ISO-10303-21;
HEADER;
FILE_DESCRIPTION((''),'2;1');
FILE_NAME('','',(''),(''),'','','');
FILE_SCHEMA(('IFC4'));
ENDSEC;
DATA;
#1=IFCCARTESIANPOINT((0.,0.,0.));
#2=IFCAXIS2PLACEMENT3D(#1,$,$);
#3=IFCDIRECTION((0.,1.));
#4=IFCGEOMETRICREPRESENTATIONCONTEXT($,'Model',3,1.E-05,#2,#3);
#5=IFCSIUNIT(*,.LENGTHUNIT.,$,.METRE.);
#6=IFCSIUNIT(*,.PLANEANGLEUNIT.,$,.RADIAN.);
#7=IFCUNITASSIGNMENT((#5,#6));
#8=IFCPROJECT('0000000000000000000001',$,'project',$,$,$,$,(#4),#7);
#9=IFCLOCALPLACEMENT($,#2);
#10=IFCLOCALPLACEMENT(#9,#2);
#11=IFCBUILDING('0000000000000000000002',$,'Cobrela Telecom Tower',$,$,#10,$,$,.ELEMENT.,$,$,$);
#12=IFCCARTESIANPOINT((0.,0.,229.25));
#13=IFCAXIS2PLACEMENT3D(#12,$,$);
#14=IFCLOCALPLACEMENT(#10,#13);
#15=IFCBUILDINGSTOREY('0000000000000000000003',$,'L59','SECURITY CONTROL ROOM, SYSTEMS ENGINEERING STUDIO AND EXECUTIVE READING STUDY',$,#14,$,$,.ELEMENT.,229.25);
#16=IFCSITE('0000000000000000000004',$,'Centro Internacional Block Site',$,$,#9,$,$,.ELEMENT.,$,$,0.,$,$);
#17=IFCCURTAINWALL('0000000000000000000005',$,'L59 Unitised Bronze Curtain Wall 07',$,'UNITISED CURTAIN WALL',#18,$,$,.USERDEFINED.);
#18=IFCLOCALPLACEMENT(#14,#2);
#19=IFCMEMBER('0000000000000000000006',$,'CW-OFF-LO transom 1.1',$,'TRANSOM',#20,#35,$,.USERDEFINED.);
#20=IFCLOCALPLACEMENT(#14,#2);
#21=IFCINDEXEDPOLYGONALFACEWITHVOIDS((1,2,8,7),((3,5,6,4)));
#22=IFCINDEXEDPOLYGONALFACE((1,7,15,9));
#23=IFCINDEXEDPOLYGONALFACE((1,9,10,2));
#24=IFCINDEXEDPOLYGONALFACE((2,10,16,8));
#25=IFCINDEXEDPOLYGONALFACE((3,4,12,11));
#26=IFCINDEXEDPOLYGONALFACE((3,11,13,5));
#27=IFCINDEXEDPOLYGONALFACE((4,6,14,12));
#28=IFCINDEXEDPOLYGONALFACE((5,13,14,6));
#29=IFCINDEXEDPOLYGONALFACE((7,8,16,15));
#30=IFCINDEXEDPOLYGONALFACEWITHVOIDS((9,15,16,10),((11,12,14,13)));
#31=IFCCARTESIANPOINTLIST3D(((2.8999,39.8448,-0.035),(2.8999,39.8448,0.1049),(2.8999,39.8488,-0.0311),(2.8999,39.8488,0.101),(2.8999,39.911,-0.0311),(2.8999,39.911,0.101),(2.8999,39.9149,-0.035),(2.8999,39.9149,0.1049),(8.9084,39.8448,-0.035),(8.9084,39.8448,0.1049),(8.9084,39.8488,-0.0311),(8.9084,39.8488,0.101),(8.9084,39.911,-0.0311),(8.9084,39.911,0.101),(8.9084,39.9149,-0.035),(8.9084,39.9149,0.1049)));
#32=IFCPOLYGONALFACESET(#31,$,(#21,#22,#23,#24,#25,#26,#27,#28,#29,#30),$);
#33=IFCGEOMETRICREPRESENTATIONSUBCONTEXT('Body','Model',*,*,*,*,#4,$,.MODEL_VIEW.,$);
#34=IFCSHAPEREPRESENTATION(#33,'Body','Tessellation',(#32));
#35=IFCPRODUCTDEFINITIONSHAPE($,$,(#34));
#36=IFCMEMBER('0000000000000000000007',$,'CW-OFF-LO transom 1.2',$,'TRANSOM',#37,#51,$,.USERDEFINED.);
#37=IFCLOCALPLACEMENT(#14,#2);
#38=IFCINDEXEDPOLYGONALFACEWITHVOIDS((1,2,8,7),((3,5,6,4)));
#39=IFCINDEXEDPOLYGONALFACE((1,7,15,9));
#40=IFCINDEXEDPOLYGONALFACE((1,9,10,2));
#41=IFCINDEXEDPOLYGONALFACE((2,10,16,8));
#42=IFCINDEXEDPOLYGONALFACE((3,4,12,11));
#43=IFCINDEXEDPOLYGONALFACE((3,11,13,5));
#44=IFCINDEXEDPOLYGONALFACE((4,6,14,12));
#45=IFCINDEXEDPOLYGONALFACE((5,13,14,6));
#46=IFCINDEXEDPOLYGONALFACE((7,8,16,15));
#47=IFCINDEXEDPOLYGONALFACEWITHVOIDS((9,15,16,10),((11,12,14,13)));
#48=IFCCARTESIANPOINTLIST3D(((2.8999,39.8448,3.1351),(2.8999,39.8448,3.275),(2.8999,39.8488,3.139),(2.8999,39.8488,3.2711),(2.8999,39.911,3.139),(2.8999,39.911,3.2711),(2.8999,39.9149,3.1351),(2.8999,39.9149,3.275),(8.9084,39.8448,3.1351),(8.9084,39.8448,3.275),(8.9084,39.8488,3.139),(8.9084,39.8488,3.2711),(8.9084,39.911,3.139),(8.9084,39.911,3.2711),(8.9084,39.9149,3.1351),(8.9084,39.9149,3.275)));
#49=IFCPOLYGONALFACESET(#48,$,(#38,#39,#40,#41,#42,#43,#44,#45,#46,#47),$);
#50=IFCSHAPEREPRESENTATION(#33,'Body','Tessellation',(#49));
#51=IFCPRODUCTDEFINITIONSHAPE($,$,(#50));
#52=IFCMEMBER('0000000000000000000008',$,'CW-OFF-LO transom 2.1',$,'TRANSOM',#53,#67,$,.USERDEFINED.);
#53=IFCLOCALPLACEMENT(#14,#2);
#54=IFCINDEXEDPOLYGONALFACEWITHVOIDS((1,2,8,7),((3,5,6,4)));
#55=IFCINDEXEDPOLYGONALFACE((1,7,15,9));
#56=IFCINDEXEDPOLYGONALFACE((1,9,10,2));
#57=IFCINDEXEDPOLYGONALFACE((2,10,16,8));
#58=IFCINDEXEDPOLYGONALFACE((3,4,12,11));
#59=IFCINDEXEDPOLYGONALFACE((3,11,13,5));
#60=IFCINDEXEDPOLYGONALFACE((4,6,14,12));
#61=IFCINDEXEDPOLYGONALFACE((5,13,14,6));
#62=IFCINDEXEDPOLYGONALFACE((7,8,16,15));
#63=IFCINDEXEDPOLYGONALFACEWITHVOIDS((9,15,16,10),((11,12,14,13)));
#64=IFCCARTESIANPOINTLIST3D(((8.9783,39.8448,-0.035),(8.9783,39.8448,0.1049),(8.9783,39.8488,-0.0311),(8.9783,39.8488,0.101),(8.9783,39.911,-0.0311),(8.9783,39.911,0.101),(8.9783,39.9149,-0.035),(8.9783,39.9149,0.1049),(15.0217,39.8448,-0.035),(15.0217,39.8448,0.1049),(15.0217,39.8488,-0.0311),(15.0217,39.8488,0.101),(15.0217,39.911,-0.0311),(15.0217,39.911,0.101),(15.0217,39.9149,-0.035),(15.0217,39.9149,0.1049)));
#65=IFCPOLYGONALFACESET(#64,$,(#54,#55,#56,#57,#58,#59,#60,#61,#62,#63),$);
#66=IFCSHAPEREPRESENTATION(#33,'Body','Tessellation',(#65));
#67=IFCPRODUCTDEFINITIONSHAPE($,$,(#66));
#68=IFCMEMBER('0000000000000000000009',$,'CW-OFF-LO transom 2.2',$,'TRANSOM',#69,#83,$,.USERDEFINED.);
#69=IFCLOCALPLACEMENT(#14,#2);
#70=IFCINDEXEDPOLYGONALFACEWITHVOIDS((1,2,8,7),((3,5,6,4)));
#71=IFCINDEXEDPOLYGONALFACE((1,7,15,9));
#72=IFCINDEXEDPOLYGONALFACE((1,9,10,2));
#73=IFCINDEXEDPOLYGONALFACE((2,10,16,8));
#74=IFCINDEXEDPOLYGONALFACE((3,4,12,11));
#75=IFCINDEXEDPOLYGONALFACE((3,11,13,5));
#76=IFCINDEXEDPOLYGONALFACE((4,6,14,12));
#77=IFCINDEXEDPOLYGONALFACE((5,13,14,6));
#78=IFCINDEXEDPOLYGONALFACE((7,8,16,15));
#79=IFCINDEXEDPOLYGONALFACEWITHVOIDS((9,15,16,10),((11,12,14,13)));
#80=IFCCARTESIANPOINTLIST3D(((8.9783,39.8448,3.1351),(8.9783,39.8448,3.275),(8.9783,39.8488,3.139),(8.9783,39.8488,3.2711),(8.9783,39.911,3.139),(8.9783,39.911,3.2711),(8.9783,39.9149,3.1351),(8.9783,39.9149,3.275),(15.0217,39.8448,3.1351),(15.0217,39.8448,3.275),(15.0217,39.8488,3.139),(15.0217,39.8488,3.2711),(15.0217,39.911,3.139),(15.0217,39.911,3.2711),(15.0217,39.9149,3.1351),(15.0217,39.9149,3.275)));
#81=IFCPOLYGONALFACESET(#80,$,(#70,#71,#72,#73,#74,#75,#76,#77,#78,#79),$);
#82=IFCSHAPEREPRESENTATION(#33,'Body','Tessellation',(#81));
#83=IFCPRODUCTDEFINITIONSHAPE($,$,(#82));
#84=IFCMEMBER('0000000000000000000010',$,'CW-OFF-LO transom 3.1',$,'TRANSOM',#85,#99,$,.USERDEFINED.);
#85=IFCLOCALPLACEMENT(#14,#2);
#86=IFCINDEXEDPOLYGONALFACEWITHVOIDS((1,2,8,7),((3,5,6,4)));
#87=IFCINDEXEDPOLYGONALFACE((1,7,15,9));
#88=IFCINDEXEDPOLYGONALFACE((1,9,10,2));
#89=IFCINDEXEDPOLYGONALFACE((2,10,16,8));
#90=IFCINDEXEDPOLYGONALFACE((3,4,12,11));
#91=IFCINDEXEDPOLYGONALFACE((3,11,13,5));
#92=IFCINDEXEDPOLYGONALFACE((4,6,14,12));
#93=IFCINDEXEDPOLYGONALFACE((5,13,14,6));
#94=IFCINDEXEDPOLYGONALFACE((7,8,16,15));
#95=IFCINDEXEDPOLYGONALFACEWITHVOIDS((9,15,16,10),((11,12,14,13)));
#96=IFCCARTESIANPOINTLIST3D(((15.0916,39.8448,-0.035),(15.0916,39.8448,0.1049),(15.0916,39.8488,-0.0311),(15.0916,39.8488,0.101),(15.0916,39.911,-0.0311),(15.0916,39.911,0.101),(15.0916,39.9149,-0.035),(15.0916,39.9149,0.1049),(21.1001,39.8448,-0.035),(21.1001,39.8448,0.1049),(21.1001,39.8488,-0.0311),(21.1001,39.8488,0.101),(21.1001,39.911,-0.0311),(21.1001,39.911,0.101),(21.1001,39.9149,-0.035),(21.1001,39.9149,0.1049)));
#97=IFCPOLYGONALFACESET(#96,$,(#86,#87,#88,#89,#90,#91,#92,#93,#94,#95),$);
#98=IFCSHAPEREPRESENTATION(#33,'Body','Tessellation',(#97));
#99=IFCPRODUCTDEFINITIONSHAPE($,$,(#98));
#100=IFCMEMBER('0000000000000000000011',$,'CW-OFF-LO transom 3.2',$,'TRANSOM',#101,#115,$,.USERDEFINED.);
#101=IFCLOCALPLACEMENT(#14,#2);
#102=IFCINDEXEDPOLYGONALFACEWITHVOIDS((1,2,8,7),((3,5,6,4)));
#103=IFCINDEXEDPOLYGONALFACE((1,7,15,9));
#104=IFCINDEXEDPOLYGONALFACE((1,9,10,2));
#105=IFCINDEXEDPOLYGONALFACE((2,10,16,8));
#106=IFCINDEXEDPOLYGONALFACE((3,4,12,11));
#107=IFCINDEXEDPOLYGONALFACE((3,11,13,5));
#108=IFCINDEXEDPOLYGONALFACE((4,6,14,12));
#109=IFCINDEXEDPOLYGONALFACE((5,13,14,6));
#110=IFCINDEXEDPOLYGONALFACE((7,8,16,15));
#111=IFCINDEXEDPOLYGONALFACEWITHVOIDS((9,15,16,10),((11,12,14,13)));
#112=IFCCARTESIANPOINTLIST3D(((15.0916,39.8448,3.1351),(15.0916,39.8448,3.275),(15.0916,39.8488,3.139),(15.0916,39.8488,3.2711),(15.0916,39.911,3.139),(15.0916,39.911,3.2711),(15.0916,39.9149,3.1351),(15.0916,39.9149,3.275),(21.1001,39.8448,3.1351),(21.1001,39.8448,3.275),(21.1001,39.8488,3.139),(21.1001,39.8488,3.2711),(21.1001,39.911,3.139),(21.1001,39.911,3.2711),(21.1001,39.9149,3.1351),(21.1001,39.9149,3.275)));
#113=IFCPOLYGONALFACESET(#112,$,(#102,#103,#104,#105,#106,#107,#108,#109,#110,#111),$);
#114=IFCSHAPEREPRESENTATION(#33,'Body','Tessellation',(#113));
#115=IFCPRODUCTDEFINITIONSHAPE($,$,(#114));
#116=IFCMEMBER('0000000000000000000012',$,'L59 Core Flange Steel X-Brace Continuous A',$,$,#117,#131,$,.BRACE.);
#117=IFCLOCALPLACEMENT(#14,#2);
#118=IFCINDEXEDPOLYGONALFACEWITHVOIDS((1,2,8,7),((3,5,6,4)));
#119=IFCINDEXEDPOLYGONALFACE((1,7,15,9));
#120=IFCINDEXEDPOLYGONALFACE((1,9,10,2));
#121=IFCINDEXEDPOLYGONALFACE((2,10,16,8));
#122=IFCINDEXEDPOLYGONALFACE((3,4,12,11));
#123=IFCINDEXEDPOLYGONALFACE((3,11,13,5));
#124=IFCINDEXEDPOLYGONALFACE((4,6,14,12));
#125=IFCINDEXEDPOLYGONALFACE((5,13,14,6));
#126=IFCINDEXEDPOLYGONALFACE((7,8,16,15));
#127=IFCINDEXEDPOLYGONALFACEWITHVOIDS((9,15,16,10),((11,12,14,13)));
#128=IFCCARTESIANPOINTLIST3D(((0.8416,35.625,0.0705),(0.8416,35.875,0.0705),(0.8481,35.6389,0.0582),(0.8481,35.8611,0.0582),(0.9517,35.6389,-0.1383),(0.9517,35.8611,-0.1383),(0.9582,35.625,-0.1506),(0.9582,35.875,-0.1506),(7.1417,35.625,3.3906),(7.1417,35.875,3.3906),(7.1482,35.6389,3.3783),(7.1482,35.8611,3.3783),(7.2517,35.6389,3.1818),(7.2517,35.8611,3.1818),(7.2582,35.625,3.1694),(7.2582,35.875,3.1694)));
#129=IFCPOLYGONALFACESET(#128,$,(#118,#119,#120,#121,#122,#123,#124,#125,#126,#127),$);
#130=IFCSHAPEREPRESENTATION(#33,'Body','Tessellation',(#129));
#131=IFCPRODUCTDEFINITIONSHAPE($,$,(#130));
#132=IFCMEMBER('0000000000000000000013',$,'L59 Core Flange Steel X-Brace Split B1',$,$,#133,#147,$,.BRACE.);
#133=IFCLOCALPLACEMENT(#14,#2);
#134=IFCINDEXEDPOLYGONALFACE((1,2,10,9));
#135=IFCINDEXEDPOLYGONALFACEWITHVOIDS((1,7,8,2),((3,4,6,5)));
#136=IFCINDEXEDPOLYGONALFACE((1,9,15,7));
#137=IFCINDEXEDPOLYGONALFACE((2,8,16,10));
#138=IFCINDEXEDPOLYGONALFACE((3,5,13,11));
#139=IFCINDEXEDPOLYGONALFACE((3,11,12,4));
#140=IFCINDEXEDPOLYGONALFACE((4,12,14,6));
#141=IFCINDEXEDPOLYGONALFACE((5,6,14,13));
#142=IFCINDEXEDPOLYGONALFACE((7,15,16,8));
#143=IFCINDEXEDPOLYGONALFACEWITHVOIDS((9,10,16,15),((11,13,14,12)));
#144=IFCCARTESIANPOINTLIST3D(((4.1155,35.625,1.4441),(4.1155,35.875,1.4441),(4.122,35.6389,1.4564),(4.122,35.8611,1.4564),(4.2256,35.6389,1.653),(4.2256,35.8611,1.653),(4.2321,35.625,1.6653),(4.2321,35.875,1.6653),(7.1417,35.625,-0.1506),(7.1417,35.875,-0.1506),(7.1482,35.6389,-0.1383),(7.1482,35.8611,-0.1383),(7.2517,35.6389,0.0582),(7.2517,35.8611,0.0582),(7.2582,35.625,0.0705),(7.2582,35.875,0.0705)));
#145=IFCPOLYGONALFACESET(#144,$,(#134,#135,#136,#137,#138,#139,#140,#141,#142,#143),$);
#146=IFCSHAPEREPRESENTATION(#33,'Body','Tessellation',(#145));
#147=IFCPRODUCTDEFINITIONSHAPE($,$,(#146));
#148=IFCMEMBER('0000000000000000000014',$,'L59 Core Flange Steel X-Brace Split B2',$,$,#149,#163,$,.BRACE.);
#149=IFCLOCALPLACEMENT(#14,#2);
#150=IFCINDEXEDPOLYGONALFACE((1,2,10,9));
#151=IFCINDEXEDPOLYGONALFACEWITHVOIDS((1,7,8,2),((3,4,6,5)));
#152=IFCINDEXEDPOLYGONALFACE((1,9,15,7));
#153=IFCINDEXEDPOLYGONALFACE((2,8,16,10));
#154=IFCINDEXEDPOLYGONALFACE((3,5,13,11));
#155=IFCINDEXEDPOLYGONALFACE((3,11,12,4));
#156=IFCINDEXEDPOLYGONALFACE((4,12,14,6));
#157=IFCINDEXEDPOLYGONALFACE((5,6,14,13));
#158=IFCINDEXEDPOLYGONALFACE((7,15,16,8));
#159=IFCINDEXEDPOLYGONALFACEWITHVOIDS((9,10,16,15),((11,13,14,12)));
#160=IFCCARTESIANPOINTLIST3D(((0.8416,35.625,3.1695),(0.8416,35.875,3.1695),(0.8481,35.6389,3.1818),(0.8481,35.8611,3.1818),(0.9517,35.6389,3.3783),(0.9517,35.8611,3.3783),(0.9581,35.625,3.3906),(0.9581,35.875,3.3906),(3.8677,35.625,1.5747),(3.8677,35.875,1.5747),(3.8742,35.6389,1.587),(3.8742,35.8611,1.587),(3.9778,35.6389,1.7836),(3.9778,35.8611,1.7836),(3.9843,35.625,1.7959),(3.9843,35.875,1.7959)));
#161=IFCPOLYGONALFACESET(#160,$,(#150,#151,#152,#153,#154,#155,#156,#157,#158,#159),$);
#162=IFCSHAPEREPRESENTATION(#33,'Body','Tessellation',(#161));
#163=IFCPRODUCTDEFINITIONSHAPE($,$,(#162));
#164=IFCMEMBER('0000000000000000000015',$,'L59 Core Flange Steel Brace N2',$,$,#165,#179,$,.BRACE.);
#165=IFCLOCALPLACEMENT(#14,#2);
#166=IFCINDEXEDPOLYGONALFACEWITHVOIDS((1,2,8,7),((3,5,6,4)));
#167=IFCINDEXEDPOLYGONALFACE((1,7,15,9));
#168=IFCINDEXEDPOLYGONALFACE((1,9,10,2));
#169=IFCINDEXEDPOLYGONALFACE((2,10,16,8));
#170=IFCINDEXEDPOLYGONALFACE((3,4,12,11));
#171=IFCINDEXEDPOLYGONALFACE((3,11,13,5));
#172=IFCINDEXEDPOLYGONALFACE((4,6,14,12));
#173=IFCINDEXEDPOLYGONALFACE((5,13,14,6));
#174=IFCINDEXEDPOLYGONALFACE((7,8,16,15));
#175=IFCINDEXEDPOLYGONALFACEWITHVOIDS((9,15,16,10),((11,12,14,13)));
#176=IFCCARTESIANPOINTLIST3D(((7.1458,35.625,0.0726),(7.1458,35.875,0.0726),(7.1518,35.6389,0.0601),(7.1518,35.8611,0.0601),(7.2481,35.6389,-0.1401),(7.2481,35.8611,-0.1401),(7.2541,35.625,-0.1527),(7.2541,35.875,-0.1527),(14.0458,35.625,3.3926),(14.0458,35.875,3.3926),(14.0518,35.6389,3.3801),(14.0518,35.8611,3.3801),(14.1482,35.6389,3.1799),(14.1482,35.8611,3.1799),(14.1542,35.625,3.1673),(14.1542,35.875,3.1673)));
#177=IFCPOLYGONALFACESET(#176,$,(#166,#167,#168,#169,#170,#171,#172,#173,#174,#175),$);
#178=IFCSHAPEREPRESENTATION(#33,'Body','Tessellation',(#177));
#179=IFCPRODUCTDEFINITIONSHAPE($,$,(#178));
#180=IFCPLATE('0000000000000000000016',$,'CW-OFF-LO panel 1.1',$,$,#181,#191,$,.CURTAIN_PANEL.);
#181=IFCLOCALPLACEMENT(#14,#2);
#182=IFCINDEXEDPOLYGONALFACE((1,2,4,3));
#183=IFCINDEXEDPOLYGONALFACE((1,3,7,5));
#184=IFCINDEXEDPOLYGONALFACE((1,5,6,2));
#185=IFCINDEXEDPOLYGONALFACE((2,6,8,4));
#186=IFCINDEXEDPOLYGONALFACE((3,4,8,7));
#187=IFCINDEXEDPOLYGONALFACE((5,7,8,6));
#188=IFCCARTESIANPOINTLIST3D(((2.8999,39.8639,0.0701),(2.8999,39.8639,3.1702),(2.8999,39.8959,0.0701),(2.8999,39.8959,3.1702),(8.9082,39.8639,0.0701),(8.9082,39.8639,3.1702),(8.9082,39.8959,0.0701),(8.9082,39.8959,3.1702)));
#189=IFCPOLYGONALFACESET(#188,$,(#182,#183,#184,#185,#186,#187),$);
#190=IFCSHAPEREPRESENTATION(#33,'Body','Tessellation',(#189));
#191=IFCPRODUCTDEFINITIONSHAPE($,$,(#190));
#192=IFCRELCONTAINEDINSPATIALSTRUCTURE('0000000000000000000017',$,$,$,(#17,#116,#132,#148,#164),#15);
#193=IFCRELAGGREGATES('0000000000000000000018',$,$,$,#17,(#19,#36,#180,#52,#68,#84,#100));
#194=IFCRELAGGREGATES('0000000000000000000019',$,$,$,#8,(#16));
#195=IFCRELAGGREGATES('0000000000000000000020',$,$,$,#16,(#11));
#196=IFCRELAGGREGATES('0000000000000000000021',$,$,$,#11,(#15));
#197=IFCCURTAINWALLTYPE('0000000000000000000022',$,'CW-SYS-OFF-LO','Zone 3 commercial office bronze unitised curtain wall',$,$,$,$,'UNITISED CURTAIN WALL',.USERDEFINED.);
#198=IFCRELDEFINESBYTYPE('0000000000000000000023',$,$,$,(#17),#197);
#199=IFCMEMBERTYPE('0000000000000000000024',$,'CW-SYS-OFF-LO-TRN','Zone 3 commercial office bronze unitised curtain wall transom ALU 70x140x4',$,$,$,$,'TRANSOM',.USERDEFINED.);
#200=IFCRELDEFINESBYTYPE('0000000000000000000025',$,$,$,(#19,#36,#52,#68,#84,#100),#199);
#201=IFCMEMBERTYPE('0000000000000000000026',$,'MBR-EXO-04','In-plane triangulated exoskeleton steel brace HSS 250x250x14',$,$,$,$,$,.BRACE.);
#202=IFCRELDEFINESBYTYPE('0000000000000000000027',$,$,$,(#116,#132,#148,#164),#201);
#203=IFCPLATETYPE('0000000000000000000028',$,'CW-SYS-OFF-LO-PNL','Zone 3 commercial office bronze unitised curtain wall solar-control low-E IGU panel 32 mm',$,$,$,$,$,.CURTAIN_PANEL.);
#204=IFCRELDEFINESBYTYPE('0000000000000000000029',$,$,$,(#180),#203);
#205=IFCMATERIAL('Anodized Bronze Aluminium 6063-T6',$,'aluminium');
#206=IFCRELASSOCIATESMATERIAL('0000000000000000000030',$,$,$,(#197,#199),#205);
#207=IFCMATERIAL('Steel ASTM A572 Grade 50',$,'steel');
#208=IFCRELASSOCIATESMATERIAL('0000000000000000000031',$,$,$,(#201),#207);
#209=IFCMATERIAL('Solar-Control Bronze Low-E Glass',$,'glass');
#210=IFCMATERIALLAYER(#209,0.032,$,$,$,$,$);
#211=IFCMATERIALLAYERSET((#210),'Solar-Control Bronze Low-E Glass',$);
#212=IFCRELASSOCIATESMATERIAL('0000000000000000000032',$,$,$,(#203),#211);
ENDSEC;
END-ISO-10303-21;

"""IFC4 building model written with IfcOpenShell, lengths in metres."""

from ifc_helpers import new_model, si_unit, direction, frame, origin, origin_2d, place, context, subcontext, project, spatial, rectangle, hollow_rectangle, extrude, material, layer, layer_set, material_profile, profile_set, type_object, element, aggregate, save


model = new_model("IFC4")

# Units and contexts
model_context = context("Model", 3, precision=1e-05, world=origin(), true_north=direction((0.0, 1.0)))
body_context = subcontext(model_context, "Body", "Model", "MODEL_VIEW")
ifc_project = project(units=[si_unit("LENGTHUNIT", "METRE"), si_unit("PLANEANGLEUNIT", "RADIAN")], contexts=[model_context])

# Site, building, storey
site_placement = place(None, origin())
site = spatial("IfcSite", under=ifc_project, at=site_placement, Name="Centro Internacional Block Site", CompositionType="ELEMENT", RefElevation=0.0)
building_placement = place(site_placement, origin())
building = spatial("IfcBuilding", under=site, at=building_placement, Name="Cobrela Telecom Tower", CompositionType="ELEMENT")
storey_placement = place(building_placement, frame((0.0, 0.0, 229.25)))
storey = spatial("IfcBuildingStorey", under=building, at=storey_placement, Name="L59", Description="SECURITY CONTROL ROOM, SYSTEMS ENGINEERING STUDIO AND EXECUTIVE READING STUDY", CompositionType="ELEMENT", Elevation=229.25)

# Shared definitions
ifc_material_1 = material(Name="Steel ASTM A572 Grade 50", Category="steel")

# Curtain wall, members
ifc_material_2 = material(Name="Anodized Bronze Aluminium 6063-T6", Category="aluminium")
curtain_wall_type = type_object("IfcCurtainWallType", Name="CW-SYS-OFF-LO", Description="Zone 3 commercial office bronze unitised curtain wall", ElementType="UNITISED CURTAIN WALL", PredefinedType="USERDEFINED", material=ifc_material_2)
curtain_wall_placement = place(storey_placement, origin())
curtain_wall = element("IfcCurtainWall", 1, at=curtain_wall_placement, inside=storey, type_object=curtain_wall_type, Name="L59 Unitised Bronze Curtain Wall 07", ObjectType="UNITISED CURTAIN WALL", PredefinedType="USERDEFINED")
ifc_material_profile_1 = material_profile(ifc_material_2, hollow_rectangle(XDim=0.0701, YDim=0.1399, WallThickness=0.0039, at=origin_2d()), Name="ALU 70x140x4")
ifc_profile_set_1 = profile_set([ifc_material_profile_1], Name="Anodized Bronze Aluminium 6063-T6")
member_type_1 = type_object("IfcMemberType", Name="CW-SYS-OFF-LO-TRN", Description="Zone 3 commercial office bronze unitised curtain wall transom ALU 70x140x4", ElementType="TRANSOM", PredefinedType="USERDEFINED", material=ifc_profile_set_1)
member_1_placement = place(storey_placement, frame((2.8999, 39.8799, 0.0349), z_axis=(1.0, 0.0, 0.0), x_axis=(0.0, 1.0, 0.0)))
member_1 = element("IfcMember", 2, at=member_1_placement, type_object=member_type_1, Name="CW-OFF-LO transom 1.1", ObjectType="TRANSOM", PredefinedType="USERDEFINED", context=body_context, shape_type="SweptSolid", body=[
    extrude(hollow_rectangle(XDim=0.0701, YDim=0.1399, WallThickness=0.0039, at=origin_2d()), origin(), (0.0, 0.0, 1.0), 6.0085),
])
member_2_placement = place(storey_placement, frame((2.8999, 39.8799, 3.2051), z_axis=(1.0, 0.0, 0.0), x_axis=(0.0, 1.0, 0.0)))
member_2 = element("IfcMember", 3, at=member_2_placement, type_object=member_type_1, Name="CW-OFF-LO transom 1.2", ObjectType="TRANSOM", PredefinedType="USERDEFINED", context=body_context, shape_type="SweptSolid", body=[
    extrude(hollow_rectangle(XDim=0.0701, YDim=0.1399, WallThickness=0.0039, at=origin_2d()), origin(), (0.0, 0.0, 1.0), 6.0085),
])
member_3_placement = place(storey_placement, frame((8.9783, 39.8799, 0.0349), z_axis=(1.0, 0.0, 0.0), x_axis=(0.0, 1.0, 0.0)))
member_3 = element("IfcMember", 4, at=member_3_placement, type_object=member_type_1, Name="CW-OFF-LO transom 2.1", ObjectType="TRANSOM", PredefinedType="USERDEFINED", context=body_context, shape_type="SweptSolid", body=[
    extrude(hollow_rectangle(XDim=0.0701, YDim=0.1399, WallThickness=0.0039, at=origin_2d()), origin(), (0.0, 0.0, 1.0), 6.0435),
])
member_4_placement = place(storey_placement, frame((8.9783, 39.8799, 3.2051), z_axis=(1.0, 0.0, 0.0), x_axis=(0.0, 1.0, 0.0)))
member_4 = element("IfcMember", 5, at=member_4_placement, type_object=member_type_1, Name="CW-OFF-LO transom 2.2", ObjectType="TRANSOM", PredefinedType="USERDEFINED", context=body_context, shape_type="SweptSolid", body=[
    extrude(hollow_rectangle(XDim=0.0701, YDim=0.1399, WallThickness=0.0039, at=origin_2d()), origin(), (0.0, 0.0, 1.0), 6.0435),
])
member_5_placement = place(storey_placement, frame((15.0916, 39.8799, 0.0349), z_axis=(1.0, 0.0, 0.0), x_axis=(0.0, 1.0, 0.0)))
member_5 = element("IfcMember", 6, at=member_5_placement, type_object=member_type_1, Name="CW-OFF-LO transom 3.1", ObjectType="TRANSOM", PredefinedType="USERDEFINED", context=body_context, shape_type="SweptSolid", body=[
    extrude(hollow_rectangle(XDim=0.0701, YDim=0.1399, WallThickness=0.0039, at=origin_2d()), origin(), (0.0, 0.0, 1.0), 6.0085),
])
member_6_placement = place(storey_placement, frame((15.0916, 39.8799, 3.2051), z_axis=(1.0, 0.0, 0.0), x_axis=(0.0, 1.0, 0.0)))
member_6 = element("IfcMember", 7, at=member_6_placement, type_object=member_type_1, Name="CW-OFF-LO transom 3.2", ObjectType="TRANSOM", PredefinedType="USERDEFINED", context=body_context, shape_type="SweptSolid", body=[
    extrude(hollow_rectangle(XDim=0.0701, YDim=0.1399, WallThickness=0.0039, at=origin_2d()), origin(), (0.0, 0.0, 1.0), 6.0085),
])

# Members
ifc_material_profile_2 = material_profile(ifc_material_1, hollow_rectangle(XDim=0.25, YDim=0.25, WallThickness=0.0139, at=origin_2d()), Name="HSS 250x250x14")
ifc_profile_set_2 = profile_set([ifc_material_profile_2], Name="Steel ASTM A572 Grade 50")
member_type_2 = type_object("IfcMemberType", Name="MBR-EXO-04", Description="In-plane triangulated exoskeleton steel brace HSS 250x250x14", PredefinedType="BRACE", material=ifc_profile_set_2)
member_7_placement = place(storey_placement, frame((0.8999, 35.75, -0.04), z_axis=(0.884672, 0.0, 0.466214), x_axis=(0.0, 1.0, 0.0)))
element("IfcMember", 8, at=member_7_placement, inside=storey, type_object=member_type_2, Name="L59 Core Flange Steel X-Brace Continuous A", PredefinedType="BRACE", context=body_context, shape_type="SweptSolid", body=[
    extrude(hollow_rectangle(XDim=0.25, YDim=0.25, WallThickness=0.0139, at=origin_2d()), origin(), (0.0, 0.0, 1.0), 7.1213),
])
for number, where, z_axis, x_axis, name in (
    (9, (7.2, 35.75, -0.04), (-0.884673, 0.0, 0.466211), (0.0, -1.0, 0.0), "L59 Core Flange Steel X-Brace Split B1"),
    (10, (3.926, 35.75, 1.6853), (-0.884673, 0.0, 0.466211), (0.0, -1.0, 0.0), "L59 Core Flange Steel X-Brace Split B2"),
):
    element("IfcMember", number, at=place(storey_placement, frame(where, z_axis=z_axis, x_axis=x_axis)), inside=storey, type_object=member_type_2, Name=name, PredefinedType="BRACE", context=body_context, shape_type="SweptSolid", body=[
        extrude(hollow_rectangle(XDim=0.25, YDim=0.25, WallThickness=0.0139, at=origin_2d()), origin(), (0.0, 0.0, 1.0), 3.4207),
    ])
member_8_placement = place(storey_placement, frame((7.2, 35.75, -0.04), z_axis=(0.901115, 0.0, 0.43358), x_axis=(0.0, 1.0, 0.0)))
element("IfcMember", 11, at=member_8_placement, inside=storey, type_object=member_type_2, Name="L59 Core Flange Steel Brace N2", PredefinedType="BRACE", context=body_context, shape_type="SweptSolid", body=[
    extrude(hollow_rectangle(XDim=0.25, YDim=0.25, WallThickness=0.0139, at=origin_2d()), origin(), (0.0, 0.0, 1.0), 7.6572),
])

# Plate
ifc_material_3 = material(Name="Solar-Control Bronze Low-E Glass", Category="glass")
ifc_layer_1 = layer(ifc_material_3, 0.032)
ifc_layer_set_1 = layer_set([ifc_layer_1], Name="Solar-Control Bronze Low-E Glass")
plate_type_1 = type_object("IfcPlateType", Name="CW-SYS-OFF-LO-PNL", Description="Zone 3 commercial office bronze unitised curtain wall solar-control low-E IGU panel 32 mm", PredefinedType="CURTAIN_PANEL", material=ifc_layer_set_1)
plate_1_placement = place(storey_placement, frame((5.9041, 39.8799, 0.0701), z_axis=(0.0, 0.0, 1.0), x_axis=(1.0, 0.0, 0.0)))
plate_1 = element("IfcPlate", 12, at=plate_1_placement, type_object=plate_type_1, Name="CW-OFF-LO panel 1.1", PredefinedType="CURTAIN_PANEL", context=body_context, shape_type="SweptSolid", body=[
    extrude(rectangle(XDim=6.0083, YDim=0.032, at=origin_2d()), origin(), (0.0, 0.0, 1.0), 3.1001),
])
aggregate(curtain_wall, [member_1, member_2, plate_1, member_3, member_4, member_5, member_6])

save(model, "model.ifc")
